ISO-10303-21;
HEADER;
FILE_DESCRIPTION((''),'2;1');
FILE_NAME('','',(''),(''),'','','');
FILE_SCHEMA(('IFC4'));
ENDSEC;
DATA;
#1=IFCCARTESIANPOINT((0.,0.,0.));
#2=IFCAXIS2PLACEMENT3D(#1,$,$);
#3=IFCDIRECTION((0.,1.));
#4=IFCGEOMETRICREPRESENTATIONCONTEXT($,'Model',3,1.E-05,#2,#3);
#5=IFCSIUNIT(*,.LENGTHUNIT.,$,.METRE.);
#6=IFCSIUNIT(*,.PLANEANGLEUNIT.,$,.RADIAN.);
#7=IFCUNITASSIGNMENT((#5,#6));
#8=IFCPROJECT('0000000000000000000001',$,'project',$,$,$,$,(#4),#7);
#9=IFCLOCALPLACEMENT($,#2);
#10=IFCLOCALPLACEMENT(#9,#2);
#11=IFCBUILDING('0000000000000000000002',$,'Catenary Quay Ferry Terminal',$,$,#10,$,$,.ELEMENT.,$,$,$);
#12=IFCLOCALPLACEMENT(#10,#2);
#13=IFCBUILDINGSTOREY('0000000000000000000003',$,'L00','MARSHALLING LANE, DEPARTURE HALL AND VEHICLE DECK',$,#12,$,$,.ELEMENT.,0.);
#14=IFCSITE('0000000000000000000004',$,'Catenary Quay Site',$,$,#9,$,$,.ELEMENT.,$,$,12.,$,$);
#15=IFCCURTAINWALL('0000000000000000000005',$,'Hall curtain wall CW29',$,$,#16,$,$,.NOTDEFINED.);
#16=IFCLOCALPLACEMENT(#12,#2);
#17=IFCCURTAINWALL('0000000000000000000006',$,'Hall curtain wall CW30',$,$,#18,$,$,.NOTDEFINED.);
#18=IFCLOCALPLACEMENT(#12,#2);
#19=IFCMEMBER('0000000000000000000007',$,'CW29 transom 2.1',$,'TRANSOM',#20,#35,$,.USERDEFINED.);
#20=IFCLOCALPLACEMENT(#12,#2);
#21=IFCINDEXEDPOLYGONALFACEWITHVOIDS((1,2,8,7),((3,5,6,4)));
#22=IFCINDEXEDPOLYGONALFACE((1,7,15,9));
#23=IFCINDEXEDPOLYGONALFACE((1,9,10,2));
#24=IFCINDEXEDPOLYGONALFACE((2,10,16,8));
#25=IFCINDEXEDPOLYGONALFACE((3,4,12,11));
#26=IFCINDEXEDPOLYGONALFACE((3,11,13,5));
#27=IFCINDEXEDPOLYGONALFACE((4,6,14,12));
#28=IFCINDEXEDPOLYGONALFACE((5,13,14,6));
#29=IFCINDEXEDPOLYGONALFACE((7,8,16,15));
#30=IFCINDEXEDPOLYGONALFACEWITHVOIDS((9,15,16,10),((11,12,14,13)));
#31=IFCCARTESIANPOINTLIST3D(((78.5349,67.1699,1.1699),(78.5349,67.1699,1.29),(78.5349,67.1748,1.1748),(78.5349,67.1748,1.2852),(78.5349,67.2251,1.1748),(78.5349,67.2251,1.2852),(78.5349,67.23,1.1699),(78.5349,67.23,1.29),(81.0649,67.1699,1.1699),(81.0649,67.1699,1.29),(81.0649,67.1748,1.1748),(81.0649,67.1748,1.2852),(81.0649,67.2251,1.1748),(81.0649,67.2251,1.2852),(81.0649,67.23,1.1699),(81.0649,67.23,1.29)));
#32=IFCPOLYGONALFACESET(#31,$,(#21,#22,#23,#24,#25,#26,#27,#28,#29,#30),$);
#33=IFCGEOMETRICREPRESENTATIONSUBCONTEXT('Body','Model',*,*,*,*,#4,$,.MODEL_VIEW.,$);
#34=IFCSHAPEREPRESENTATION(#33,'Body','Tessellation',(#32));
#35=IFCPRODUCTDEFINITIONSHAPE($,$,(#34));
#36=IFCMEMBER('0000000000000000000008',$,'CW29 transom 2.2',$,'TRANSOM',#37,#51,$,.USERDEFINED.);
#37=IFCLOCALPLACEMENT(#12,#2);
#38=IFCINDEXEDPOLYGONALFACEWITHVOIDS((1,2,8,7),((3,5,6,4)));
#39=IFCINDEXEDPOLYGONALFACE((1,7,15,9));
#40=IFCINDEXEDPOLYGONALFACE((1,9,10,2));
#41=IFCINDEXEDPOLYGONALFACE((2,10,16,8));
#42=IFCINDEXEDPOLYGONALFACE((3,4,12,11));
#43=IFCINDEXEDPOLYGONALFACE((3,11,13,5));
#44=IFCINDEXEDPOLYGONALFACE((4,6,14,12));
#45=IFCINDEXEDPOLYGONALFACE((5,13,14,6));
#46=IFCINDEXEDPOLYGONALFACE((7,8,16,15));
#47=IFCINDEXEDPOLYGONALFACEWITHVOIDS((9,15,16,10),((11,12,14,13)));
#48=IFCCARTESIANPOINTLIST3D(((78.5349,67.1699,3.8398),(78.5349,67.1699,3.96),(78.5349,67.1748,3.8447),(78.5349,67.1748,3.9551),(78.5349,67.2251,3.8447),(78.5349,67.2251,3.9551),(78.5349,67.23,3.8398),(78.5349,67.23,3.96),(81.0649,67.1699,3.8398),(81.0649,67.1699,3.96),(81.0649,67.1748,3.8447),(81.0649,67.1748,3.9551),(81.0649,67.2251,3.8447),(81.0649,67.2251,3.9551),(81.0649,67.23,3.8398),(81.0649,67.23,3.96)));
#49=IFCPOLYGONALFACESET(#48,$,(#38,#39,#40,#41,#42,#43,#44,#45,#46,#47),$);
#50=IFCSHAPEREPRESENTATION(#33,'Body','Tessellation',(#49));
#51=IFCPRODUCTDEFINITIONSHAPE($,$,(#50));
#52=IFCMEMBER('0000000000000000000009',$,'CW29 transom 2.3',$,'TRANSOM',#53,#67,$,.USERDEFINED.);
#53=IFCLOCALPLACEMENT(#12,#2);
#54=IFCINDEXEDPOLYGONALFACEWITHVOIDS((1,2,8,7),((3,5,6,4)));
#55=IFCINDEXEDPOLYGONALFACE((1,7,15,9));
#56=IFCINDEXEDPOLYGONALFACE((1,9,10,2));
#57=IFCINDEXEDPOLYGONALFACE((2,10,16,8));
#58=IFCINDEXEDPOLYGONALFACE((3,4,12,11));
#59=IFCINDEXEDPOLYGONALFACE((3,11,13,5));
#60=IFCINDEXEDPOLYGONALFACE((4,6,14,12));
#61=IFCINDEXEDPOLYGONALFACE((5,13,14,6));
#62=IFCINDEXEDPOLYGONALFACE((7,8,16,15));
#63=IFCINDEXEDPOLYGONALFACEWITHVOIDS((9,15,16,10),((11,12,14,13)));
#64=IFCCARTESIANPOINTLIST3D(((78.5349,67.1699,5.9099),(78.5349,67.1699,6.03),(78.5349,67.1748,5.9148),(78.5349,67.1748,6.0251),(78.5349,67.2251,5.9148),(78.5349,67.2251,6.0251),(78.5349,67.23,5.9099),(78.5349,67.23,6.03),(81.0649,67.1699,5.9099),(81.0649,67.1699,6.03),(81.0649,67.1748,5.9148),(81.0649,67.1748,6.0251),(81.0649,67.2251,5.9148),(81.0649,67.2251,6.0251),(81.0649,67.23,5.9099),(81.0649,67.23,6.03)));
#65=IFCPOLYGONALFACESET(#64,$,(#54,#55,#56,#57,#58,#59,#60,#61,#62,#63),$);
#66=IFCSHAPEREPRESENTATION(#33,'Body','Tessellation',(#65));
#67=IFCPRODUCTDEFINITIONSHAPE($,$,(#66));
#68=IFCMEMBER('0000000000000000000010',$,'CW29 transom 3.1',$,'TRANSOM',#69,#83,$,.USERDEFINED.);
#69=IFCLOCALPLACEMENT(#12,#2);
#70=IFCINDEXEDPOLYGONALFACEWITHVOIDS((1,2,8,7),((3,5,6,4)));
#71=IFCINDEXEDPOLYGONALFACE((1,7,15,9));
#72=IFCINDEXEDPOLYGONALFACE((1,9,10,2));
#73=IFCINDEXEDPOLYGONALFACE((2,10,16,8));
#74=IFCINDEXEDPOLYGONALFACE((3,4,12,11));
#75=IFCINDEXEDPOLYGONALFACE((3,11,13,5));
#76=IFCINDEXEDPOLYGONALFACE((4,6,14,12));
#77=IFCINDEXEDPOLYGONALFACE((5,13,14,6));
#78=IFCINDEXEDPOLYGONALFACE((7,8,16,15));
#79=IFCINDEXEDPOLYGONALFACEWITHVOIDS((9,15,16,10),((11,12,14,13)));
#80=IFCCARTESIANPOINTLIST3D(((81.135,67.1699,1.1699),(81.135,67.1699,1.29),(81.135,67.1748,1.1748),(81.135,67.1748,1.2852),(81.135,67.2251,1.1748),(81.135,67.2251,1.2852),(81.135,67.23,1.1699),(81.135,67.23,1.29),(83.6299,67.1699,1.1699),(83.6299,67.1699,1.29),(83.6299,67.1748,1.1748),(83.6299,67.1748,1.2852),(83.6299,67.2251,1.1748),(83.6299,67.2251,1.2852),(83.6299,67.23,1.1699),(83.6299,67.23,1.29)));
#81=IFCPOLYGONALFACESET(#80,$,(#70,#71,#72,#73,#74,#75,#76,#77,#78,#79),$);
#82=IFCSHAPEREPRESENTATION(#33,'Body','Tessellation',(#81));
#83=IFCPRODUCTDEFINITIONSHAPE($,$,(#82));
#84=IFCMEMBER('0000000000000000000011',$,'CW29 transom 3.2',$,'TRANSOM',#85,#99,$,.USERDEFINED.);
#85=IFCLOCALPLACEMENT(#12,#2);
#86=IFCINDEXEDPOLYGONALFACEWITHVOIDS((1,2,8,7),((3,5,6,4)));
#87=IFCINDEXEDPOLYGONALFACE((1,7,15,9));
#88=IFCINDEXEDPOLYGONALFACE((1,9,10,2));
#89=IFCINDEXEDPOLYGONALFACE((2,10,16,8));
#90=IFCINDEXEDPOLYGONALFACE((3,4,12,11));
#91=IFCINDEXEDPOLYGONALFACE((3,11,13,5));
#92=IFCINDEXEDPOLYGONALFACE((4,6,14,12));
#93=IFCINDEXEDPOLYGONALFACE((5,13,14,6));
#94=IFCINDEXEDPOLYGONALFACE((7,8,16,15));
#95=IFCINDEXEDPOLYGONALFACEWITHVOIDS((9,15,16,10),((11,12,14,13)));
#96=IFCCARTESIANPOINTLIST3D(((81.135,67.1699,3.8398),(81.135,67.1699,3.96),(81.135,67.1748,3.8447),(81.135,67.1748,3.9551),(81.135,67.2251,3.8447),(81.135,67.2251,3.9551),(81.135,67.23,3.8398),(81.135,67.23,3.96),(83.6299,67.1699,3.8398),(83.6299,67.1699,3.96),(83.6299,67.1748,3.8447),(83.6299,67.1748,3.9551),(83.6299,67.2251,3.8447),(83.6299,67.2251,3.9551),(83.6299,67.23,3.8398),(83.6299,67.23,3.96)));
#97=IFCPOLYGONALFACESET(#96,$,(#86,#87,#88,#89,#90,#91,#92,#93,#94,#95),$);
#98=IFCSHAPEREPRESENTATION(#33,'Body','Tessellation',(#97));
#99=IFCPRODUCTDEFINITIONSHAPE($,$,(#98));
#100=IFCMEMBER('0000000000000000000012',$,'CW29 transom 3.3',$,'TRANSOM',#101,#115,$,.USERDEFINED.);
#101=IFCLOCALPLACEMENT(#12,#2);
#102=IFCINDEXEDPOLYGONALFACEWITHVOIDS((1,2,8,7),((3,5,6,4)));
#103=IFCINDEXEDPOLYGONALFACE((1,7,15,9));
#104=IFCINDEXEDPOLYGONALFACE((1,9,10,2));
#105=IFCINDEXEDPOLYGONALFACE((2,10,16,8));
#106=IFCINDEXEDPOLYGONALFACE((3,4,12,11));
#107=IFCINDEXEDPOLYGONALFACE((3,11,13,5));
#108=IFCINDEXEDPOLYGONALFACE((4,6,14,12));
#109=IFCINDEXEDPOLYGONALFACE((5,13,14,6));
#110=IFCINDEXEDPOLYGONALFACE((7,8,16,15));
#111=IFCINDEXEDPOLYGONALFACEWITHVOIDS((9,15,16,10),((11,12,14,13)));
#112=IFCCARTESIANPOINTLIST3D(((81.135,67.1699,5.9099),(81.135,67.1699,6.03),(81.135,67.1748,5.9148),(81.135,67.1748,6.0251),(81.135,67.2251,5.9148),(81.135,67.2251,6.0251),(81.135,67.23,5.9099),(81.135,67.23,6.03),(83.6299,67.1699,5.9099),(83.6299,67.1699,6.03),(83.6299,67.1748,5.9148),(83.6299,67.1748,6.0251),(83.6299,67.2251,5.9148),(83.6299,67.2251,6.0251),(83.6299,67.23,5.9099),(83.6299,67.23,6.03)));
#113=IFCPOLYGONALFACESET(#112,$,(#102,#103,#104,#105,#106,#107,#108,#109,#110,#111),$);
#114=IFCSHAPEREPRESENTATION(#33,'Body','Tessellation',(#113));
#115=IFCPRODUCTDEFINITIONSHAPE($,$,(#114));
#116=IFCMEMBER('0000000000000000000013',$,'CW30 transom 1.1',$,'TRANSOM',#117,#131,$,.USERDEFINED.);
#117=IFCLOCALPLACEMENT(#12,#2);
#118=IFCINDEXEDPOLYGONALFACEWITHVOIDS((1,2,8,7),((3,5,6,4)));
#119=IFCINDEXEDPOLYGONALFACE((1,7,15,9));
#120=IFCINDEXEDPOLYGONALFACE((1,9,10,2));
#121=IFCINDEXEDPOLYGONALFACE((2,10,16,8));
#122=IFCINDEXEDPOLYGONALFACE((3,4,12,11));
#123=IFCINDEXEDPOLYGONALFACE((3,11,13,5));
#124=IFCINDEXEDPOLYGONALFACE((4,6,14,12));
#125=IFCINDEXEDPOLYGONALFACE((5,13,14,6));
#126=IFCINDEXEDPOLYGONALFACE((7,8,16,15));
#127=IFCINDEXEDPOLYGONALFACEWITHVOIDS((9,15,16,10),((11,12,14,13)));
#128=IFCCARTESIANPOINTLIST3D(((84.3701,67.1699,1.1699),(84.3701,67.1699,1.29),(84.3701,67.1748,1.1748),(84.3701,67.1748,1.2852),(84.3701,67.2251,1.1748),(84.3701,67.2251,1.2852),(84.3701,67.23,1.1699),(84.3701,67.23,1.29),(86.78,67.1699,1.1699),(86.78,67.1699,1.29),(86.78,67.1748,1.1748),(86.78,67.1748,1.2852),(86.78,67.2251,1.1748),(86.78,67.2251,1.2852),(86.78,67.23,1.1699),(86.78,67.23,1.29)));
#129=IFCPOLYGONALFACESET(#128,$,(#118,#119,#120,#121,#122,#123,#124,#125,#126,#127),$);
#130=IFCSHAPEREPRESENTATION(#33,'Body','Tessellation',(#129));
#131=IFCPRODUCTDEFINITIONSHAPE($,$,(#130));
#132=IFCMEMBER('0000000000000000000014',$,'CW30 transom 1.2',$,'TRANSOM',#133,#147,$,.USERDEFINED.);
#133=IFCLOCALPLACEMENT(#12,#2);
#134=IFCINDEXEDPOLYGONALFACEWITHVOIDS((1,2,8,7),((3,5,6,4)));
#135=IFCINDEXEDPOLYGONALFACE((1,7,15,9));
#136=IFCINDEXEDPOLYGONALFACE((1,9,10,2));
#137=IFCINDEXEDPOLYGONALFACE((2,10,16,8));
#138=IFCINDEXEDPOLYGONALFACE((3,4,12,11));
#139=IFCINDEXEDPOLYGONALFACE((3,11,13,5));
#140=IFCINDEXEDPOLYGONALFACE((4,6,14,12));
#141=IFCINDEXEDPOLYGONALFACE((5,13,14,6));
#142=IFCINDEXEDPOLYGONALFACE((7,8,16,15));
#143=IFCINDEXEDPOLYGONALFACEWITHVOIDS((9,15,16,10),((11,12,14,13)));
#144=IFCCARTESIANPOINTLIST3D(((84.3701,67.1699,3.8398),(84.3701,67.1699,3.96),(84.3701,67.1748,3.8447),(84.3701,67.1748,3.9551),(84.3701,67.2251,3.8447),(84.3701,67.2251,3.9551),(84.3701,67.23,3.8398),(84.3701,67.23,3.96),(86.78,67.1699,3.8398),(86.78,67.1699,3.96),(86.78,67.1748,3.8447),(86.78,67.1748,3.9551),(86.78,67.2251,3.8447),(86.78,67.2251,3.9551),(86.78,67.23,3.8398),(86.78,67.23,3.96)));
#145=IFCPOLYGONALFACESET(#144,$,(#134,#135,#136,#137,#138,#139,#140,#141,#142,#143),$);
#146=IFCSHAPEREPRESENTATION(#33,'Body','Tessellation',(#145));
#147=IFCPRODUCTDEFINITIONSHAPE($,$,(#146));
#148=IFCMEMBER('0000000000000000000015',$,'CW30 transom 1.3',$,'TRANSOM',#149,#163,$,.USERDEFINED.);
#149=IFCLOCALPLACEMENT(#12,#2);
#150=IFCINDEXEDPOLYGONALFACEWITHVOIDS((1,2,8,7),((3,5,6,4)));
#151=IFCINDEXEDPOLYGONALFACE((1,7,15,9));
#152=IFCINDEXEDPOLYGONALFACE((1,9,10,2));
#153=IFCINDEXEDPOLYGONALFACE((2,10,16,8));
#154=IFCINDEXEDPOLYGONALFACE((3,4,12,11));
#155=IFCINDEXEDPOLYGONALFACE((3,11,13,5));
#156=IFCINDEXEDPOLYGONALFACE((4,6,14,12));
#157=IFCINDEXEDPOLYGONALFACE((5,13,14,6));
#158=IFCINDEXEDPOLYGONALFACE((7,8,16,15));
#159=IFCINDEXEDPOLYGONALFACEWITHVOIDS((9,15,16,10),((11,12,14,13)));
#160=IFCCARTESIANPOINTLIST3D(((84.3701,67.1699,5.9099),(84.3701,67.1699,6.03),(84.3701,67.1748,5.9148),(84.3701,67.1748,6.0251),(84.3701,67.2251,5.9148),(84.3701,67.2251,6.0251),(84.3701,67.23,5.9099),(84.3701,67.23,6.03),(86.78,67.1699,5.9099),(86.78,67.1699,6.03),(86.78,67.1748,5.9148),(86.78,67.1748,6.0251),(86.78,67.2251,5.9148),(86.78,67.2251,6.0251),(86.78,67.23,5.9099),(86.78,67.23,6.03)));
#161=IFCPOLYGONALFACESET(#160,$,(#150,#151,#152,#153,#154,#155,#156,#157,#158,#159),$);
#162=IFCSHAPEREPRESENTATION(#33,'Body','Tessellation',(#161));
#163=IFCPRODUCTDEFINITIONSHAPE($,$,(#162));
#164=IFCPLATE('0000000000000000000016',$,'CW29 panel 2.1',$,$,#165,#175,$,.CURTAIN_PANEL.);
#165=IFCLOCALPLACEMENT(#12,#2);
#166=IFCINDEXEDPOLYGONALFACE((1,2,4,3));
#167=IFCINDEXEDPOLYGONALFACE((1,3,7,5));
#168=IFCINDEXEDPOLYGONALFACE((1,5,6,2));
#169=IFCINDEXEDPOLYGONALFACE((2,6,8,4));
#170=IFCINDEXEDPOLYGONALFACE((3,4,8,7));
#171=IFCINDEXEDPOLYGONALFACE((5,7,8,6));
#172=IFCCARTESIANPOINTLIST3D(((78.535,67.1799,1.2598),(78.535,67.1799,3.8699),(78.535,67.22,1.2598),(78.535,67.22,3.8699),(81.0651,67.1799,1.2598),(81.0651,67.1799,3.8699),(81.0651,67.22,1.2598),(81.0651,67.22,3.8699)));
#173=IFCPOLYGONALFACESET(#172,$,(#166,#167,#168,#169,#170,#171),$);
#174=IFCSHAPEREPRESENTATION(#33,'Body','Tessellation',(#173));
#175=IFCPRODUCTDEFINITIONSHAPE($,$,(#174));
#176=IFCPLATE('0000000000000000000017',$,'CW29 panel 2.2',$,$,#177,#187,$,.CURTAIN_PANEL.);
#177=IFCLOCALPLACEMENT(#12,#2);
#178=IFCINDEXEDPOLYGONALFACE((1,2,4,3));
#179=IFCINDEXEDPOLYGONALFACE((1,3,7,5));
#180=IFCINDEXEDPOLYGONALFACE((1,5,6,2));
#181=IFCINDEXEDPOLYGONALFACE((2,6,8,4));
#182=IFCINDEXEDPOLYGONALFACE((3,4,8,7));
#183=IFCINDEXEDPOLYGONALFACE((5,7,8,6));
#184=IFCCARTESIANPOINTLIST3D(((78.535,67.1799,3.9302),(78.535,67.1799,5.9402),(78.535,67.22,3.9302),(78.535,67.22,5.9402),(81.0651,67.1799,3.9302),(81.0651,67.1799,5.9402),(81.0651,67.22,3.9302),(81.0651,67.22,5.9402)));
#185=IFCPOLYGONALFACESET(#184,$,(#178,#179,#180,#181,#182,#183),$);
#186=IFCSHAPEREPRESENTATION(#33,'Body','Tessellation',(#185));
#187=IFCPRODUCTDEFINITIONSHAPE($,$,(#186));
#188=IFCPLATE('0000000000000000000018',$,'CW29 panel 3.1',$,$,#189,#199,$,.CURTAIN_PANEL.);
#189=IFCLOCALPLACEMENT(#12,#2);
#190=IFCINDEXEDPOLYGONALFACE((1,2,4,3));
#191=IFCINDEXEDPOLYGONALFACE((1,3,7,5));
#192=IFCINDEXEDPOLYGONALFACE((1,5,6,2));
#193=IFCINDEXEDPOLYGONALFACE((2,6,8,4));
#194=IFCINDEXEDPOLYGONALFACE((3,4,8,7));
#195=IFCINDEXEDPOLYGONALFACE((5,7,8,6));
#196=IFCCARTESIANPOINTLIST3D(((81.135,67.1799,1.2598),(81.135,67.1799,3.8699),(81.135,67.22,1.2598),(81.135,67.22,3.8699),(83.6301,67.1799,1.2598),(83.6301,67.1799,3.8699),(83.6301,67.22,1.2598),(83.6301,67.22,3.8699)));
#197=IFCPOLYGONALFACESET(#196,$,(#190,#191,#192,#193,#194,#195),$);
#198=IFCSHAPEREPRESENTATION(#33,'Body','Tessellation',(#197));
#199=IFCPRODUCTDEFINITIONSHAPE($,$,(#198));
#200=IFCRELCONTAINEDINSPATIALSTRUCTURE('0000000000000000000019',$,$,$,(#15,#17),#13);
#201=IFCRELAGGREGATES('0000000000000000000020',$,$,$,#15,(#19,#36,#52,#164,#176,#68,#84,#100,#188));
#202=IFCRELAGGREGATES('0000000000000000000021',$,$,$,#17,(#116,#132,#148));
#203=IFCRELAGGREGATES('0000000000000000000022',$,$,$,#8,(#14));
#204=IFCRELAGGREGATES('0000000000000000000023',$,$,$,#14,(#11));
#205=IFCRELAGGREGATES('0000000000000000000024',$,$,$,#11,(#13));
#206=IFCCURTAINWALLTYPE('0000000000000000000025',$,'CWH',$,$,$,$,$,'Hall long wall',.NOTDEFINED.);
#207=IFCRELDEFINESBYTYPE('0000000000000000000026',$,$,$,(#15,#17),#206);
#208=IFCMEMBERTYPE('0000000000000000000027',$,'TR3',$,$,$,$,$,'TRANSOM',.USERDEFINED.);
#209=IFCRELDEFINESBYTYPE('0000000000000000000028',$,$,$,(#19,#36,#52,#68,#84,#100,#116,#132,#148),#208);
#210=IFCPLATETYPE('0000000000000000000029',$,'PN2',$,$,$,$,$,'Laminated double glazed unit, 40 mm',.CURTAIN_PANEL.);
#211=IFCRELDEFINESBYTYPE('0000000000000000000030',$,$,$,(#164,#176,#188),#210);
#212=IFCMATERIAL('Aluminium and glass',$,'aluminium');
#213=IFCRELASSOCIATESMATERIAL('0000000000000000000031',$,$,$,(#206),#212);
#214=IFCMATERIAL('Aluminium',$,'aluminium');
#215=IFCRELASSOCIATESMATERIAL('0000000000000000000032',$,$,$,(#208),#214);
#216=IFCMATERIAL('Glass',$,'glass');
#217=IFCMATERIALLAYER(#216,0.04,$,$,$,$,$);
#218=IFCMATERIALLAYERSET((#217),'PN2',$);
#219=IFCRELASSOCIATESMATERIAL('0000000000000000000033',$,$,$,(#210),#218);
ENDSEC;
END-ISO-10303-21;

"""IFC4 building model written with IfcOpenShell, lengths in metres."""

from ifc_helpers import new_model, si_unit, direction, frame, origin, origin_2d, place, context, subcontext, project, spatial, rectangle, hollow_rectangle, extrude, material, layer, layer_set, material_profile, profile_set, type_object, element, aggregate, save


model = new_model("IFC4")

# Units and contexts
model_context = context("Model", 3, precision=1e-05, world=origin(), true_north=direction((0.0, 1.0)))
body_context = subcontext(model_context, "Body", "Model", "MODEL_VIEW")
ifc_project = project(units=[si_unit("LENGTHUNIT", "METRE"), si_unit("PLANEANGLEUNIT", "RADIAN")], contexts=[model_context])

# Site, building, storey
site_placement = place(None, origin())
site = spatial("IfcSite", under=ifc_project, at=site_placement, Name="Catenary Quay Site", CompositionType="ELEMENT", RefElevation=12.0)
building_placement = place(site_placement, origin())
building = spatial("IfcBuilding", under=site, at=building_placement, Name="Catenary Quay Ferry Terminal", CompositionType="ELEMENT")
storey_placement = place(building_placement, origin())
storey = spatial("IfcBuildingStorey", under=building, at=storey_placement, Name="L00", Description="MARSHALLING LANE, DEPARTURE HALL AND VEHICLE DECK", CompositionType="ELEMENT", Elevation=0.0)

# Curtain wall
ifc_material_1 = material(Name="Aluminium and glass", Category="aluminium")
curtain_wall_type = type_object("IfcCurtainWallType", Name="CWH", ElementType="Hall long wall", PredefinedType="NOTDEFINED", material=ifc_material_1)
curtain_wall_1_placement = place(storey_placement, origin())
curtain_wall_1 = element("IfcCurtainWall", 1, at=curtain_wall_1_placement, inside=storey, type_object=curtain_wall_type, Name="Hall curtain wall CW29", PredefinedType="NOTDEFINED")

# Curtain wall
curtain_wall_2_placement = place(storey_placement, origin())
curtain_wall_2 = element("IfcCurtainWall", 2, at=curtain_wall_2_placement, inside=storey, type_object=curtain_wall_type, Name="Hall curtain wall CW30", PredefinedType="NOTDEFINED")

# Members
ifc_material_2 = material(Name="Aluminium", Category="aluminium")
ifc_material_profile_1 = material_profile(ifc_material_2, hollow_rectangle(XDim=0.0601, YDim=0.1201, WallThickness=0.0049, at=origin_2d()), Name="TR3")
ifc_profile_set_1 = profile_set([ifc_material_profile_1], Name="Aluminium")
member_type_1 = type_object("IfcMemberType", Name="TR3", ElementType="TRANSOM", PredefinedType="USERDEFINED", material=ifc_profile_set_1)
member_1_placement = place(storey_placement, frame((78.5349, 67.2, 1.23), z_axis=(1.0, 0.0, 0.0), x_axis=(0.0, 1.0, 0.0)))
member_1 = element("IfcMember", 3, at=member_1_placement, type_object=member_type_1, Name="CW29 transom 2.1", ObjectType="TRANSOM", PredefinedType="USERDEFINED", context=body_context, shape_type="SweptSolid", body=[
    extrude(hollow_rectangle(XDim=0.0601, YDim=0.1201, WallThickness=0.0049, at=origin_2d()), origin(), (0.0, 0.0, 1.0), 2.53),
])
member_2_placement = place(storey_placement, frame((78.5349, 67.2, 3.8999), z_axis=(1.0, 0.0, 0.0), x_axis=(0.0, 1.0, 0.0)))
member_2 = element("IfcMember", 4, at=member_2_placement, type_object=member_type_1, Name="CW29 transom 2.2", ObjectType="TRANSOM", PredefinedType="USERDEFINED", context=body_context, shape_type="SweptSolid", body=[
    extrude(hollow_rectangle(XDim=0.0601, YDim=0.1201, WallThickness=0.0049, at=origin_2d()), origin(), (0.0, 0.0, 1.0), 2.53),
])
member_3_placement = place(storey_placement, frame((78.5349, 67.2, 5.97), z_axis=(1.0, 0.0, 0.0), x_axis=(0.0, 1.0, 0.0)))
member_3 = element("IfcMember", 5, at=member_3_placement, type_object=member_type_1, Name="CW29 transom 2.3", ObjectType="TRANSOM", PredefinedType="USERDEFINED", context=body_context, shape_type="SweptSolid", body=[
    extrude(hollow_rectangle(XDim=0.0601, YDim=0.1201, WallThickness=0.0049, at=origin_2d()), origin(), (0.0, 0.0, 1.0), 2.53),
])
member_4_placement = place(storey_placement, frame((81.135, 67.2, 1.23), z_axis=(1.0, 0.0, 0.0), x_axis=(0.0, 1.0, 0.0)))
member_4 = element("IfcMember", 6, at=member_4_placement, type_object=member_type_1, Name="CW29 transom 3.1", ObjectType="TRANSOM", PredefinedType="USERDEFINED", context=body_context, shape_type="SweptSolid", body=[
    extrude(hollow_rectangle(XDim=0.0601, YDim=0.1201, WallThickness=0.0049, at=origin_2d()), origin(), (0.0, 0.0, 1.0), 2.4949),
])
member_5_placement = place(storey_placement, frame((81.135, 67.2, 3.8999), z_axis=(1.0, 0.0, 0.0), x_axis=(0.0, 1.0, 0.0)))
member_5 = element("IfcMember", 7, at=member_5_placement, type_object=member_type_1, Name="CW29 transom 3.2", ObjectType="TRANSOM", PredefinedType="USERDEFINED", context=body_context, shape_type="SweptSolid", body=[
    extrude(hollow_rectangle(XDim=0.0601, YDim=0.1201, WallThickness=0.0049, at=origin_2d()), origin(), (0.0, 0.0, 1.0), 2.4949),
])
member_6_placement = place(storey_placement, frame((81.135, 67.2, 5.97), z_axis=(1.0, 0.0, 0.0), x_axis=(0.0, 1.0, 0.0)))
member_6 = element("IfcMember", 8, at=member_6_placement, type_object=member_type_1, Name="CW29 transom 3.3", ObjectType="TRANSOM", PredefinedType="USERDEFINED", context=body_context, shape_type="SweptSolid", body=[
    extrude(hollow_rectangle(XDim=0.0601, YDim=0.1201, WallThickness=0.0049, at=origin_2d()), origin(), (0.0, 0.0, 1.0), 2.4949),
])
member_7_placement = place(storey_placement, frame((84.3701, 67.2, 1.23), z_axis=(1.0, 0.0, 0.0), x_axis=(0.0, 1.0, 0.0)))
member_7 = element("IfcMember", 9, at=member_7_placement, type_object=member_type_1, Name="CW30 transom 1.1", ObjectType="TRANSOM", PredefinedType="USERDEFINED", context=body_context, shape_type="SweptSolid", body=[
    extrude(hollow_rectangle(XDim=0.0601, YDim=0.1201, WallThickness=0.0049, at=origin_2d()), origin(), (0.0, 0.0, 1.0), 2.4099),
])
member_8_placement = place(storey_placement, frame((84.3701, 67.2, 3.8999), z_axis=(1.0, 0.0, 0.0), x_axis=(0.0, 1.0, 0.0)))
member_8 = element("IfcMember", 10, at=member_8_placement, type_object=member_type_1, Name="CW30 transom 1.2", ObjectType="TRANSOM", PredefinedType="USERDEFINED", context=body_context, shape_type="SweptSolid", body=[
    extrude(hollow_rectangle(XDim=0.0601, YDim=0.1201, WallThickness=0.0049, at=origin_2d()), origin(), (0.0, 0.0, 1.0), 2.4099),
])
member_9_placement = place(storey_placement, frame((84.3701, 67.2, 5.97), z_axis=(1.0, 0.0, 0.0), x_axis=(0.0, 1.0, 0.0)))
member_9 = element("IfcMember", 11, at=member_9_placement, type_object=member_type_1, Name="CW30 transom 1.3", ObjectType="TRANSOM", PredefinedType="USERDEFINED", context=body_context, shape_type="SweptSolid", body=[
    extrude(hollow_rectangle(XDim=0.0601, YDim=0.1201, WallThickness=0.0049, at=origin_2d()), origin(), (0.0, 0.0, 1.0), 2.4099),
])

# Plates
ifc_material_3 = material(Name="Glass", Category="glass")
ifc_layer_1 = layer(ifc_material_3, 0.04)
ifc_layer_set_1 = layer_set([ifc_layer_1], Name="PN2")
plate_type = type_object("IfcPlateType", Name="PN2", ElementType="Laminated double glazed unit, 40 mm", PredefinedType="CURTAIN_PANEL", material=ifc_layer_set_1)
plate_1_placement = place(storey_placement, frame((79.8, 67.2, 1.2598), z_axis=(0.0, 0.0, 1.0), x_axis=(1.0, 0.0, 0.0)))
plate_1 = element("IfcPlate", 12, at=plate_1_placement, type_object=plate_type, Name="CW29 panel 2.1", PredefinedType="CURTAIN_PANEL", context=body_context, shape_type="SweptSolid", body=[
    extrude(rectangle(XDim=2.53, YDim=0.04, at=origin_2d()), origin(), (0.0, 0.0, 1.0), 2.6101),
])
plate_2_placement = place(storey_placement, frame((79.8, 67.2, 3.9302), z_axis=(0.0, 0.0, 1.0), x_axis=(1.0, 0.0, 0.0)))
plate_2 = element("IfcPlate", 13, at=plate_2_placement, type_object=plate_type, Name="CW29 panel 2.2", PredefinedType="CURTAIN_PANEL", context=body_context, shape_type="SweptSolid", body=[
    extrude(rectangle(XDim=2.53, YDim=0.04, at=origin_2d()), origin(), (0.0, 0.0, 1.0), 2.01),
])
plate_3_placement = place(storey_placement, frame((82.3826, 67.2, 1.2598), z_axis=(0.0, 0.0, 1.0), x_axis=(1.0, 0.0, 0.0)))
plate_3 = element("IfcPlate", 14, at=plate_3_placement, type_object=plate_type, Name="CW29 panel 3.1", PredefinedType="CURTAIN_PANEL", context=body_context, shape_type="SweptSolid", body=[
    extrude(rectangle(XDim=2.4951, YDim=0.04, at=origin_2d()), origin(), (0.0, 0.0, 1.0), 2.6101),
])
aggregate(curtain_wall_1, [member_1, member_2, member_3, plate_1, plate_2, member_4, member_5, member_6, plate_3])
aggregate(curtain_wall_2, [member_7, member_8, member_9])

save(model, "model.ifc")
